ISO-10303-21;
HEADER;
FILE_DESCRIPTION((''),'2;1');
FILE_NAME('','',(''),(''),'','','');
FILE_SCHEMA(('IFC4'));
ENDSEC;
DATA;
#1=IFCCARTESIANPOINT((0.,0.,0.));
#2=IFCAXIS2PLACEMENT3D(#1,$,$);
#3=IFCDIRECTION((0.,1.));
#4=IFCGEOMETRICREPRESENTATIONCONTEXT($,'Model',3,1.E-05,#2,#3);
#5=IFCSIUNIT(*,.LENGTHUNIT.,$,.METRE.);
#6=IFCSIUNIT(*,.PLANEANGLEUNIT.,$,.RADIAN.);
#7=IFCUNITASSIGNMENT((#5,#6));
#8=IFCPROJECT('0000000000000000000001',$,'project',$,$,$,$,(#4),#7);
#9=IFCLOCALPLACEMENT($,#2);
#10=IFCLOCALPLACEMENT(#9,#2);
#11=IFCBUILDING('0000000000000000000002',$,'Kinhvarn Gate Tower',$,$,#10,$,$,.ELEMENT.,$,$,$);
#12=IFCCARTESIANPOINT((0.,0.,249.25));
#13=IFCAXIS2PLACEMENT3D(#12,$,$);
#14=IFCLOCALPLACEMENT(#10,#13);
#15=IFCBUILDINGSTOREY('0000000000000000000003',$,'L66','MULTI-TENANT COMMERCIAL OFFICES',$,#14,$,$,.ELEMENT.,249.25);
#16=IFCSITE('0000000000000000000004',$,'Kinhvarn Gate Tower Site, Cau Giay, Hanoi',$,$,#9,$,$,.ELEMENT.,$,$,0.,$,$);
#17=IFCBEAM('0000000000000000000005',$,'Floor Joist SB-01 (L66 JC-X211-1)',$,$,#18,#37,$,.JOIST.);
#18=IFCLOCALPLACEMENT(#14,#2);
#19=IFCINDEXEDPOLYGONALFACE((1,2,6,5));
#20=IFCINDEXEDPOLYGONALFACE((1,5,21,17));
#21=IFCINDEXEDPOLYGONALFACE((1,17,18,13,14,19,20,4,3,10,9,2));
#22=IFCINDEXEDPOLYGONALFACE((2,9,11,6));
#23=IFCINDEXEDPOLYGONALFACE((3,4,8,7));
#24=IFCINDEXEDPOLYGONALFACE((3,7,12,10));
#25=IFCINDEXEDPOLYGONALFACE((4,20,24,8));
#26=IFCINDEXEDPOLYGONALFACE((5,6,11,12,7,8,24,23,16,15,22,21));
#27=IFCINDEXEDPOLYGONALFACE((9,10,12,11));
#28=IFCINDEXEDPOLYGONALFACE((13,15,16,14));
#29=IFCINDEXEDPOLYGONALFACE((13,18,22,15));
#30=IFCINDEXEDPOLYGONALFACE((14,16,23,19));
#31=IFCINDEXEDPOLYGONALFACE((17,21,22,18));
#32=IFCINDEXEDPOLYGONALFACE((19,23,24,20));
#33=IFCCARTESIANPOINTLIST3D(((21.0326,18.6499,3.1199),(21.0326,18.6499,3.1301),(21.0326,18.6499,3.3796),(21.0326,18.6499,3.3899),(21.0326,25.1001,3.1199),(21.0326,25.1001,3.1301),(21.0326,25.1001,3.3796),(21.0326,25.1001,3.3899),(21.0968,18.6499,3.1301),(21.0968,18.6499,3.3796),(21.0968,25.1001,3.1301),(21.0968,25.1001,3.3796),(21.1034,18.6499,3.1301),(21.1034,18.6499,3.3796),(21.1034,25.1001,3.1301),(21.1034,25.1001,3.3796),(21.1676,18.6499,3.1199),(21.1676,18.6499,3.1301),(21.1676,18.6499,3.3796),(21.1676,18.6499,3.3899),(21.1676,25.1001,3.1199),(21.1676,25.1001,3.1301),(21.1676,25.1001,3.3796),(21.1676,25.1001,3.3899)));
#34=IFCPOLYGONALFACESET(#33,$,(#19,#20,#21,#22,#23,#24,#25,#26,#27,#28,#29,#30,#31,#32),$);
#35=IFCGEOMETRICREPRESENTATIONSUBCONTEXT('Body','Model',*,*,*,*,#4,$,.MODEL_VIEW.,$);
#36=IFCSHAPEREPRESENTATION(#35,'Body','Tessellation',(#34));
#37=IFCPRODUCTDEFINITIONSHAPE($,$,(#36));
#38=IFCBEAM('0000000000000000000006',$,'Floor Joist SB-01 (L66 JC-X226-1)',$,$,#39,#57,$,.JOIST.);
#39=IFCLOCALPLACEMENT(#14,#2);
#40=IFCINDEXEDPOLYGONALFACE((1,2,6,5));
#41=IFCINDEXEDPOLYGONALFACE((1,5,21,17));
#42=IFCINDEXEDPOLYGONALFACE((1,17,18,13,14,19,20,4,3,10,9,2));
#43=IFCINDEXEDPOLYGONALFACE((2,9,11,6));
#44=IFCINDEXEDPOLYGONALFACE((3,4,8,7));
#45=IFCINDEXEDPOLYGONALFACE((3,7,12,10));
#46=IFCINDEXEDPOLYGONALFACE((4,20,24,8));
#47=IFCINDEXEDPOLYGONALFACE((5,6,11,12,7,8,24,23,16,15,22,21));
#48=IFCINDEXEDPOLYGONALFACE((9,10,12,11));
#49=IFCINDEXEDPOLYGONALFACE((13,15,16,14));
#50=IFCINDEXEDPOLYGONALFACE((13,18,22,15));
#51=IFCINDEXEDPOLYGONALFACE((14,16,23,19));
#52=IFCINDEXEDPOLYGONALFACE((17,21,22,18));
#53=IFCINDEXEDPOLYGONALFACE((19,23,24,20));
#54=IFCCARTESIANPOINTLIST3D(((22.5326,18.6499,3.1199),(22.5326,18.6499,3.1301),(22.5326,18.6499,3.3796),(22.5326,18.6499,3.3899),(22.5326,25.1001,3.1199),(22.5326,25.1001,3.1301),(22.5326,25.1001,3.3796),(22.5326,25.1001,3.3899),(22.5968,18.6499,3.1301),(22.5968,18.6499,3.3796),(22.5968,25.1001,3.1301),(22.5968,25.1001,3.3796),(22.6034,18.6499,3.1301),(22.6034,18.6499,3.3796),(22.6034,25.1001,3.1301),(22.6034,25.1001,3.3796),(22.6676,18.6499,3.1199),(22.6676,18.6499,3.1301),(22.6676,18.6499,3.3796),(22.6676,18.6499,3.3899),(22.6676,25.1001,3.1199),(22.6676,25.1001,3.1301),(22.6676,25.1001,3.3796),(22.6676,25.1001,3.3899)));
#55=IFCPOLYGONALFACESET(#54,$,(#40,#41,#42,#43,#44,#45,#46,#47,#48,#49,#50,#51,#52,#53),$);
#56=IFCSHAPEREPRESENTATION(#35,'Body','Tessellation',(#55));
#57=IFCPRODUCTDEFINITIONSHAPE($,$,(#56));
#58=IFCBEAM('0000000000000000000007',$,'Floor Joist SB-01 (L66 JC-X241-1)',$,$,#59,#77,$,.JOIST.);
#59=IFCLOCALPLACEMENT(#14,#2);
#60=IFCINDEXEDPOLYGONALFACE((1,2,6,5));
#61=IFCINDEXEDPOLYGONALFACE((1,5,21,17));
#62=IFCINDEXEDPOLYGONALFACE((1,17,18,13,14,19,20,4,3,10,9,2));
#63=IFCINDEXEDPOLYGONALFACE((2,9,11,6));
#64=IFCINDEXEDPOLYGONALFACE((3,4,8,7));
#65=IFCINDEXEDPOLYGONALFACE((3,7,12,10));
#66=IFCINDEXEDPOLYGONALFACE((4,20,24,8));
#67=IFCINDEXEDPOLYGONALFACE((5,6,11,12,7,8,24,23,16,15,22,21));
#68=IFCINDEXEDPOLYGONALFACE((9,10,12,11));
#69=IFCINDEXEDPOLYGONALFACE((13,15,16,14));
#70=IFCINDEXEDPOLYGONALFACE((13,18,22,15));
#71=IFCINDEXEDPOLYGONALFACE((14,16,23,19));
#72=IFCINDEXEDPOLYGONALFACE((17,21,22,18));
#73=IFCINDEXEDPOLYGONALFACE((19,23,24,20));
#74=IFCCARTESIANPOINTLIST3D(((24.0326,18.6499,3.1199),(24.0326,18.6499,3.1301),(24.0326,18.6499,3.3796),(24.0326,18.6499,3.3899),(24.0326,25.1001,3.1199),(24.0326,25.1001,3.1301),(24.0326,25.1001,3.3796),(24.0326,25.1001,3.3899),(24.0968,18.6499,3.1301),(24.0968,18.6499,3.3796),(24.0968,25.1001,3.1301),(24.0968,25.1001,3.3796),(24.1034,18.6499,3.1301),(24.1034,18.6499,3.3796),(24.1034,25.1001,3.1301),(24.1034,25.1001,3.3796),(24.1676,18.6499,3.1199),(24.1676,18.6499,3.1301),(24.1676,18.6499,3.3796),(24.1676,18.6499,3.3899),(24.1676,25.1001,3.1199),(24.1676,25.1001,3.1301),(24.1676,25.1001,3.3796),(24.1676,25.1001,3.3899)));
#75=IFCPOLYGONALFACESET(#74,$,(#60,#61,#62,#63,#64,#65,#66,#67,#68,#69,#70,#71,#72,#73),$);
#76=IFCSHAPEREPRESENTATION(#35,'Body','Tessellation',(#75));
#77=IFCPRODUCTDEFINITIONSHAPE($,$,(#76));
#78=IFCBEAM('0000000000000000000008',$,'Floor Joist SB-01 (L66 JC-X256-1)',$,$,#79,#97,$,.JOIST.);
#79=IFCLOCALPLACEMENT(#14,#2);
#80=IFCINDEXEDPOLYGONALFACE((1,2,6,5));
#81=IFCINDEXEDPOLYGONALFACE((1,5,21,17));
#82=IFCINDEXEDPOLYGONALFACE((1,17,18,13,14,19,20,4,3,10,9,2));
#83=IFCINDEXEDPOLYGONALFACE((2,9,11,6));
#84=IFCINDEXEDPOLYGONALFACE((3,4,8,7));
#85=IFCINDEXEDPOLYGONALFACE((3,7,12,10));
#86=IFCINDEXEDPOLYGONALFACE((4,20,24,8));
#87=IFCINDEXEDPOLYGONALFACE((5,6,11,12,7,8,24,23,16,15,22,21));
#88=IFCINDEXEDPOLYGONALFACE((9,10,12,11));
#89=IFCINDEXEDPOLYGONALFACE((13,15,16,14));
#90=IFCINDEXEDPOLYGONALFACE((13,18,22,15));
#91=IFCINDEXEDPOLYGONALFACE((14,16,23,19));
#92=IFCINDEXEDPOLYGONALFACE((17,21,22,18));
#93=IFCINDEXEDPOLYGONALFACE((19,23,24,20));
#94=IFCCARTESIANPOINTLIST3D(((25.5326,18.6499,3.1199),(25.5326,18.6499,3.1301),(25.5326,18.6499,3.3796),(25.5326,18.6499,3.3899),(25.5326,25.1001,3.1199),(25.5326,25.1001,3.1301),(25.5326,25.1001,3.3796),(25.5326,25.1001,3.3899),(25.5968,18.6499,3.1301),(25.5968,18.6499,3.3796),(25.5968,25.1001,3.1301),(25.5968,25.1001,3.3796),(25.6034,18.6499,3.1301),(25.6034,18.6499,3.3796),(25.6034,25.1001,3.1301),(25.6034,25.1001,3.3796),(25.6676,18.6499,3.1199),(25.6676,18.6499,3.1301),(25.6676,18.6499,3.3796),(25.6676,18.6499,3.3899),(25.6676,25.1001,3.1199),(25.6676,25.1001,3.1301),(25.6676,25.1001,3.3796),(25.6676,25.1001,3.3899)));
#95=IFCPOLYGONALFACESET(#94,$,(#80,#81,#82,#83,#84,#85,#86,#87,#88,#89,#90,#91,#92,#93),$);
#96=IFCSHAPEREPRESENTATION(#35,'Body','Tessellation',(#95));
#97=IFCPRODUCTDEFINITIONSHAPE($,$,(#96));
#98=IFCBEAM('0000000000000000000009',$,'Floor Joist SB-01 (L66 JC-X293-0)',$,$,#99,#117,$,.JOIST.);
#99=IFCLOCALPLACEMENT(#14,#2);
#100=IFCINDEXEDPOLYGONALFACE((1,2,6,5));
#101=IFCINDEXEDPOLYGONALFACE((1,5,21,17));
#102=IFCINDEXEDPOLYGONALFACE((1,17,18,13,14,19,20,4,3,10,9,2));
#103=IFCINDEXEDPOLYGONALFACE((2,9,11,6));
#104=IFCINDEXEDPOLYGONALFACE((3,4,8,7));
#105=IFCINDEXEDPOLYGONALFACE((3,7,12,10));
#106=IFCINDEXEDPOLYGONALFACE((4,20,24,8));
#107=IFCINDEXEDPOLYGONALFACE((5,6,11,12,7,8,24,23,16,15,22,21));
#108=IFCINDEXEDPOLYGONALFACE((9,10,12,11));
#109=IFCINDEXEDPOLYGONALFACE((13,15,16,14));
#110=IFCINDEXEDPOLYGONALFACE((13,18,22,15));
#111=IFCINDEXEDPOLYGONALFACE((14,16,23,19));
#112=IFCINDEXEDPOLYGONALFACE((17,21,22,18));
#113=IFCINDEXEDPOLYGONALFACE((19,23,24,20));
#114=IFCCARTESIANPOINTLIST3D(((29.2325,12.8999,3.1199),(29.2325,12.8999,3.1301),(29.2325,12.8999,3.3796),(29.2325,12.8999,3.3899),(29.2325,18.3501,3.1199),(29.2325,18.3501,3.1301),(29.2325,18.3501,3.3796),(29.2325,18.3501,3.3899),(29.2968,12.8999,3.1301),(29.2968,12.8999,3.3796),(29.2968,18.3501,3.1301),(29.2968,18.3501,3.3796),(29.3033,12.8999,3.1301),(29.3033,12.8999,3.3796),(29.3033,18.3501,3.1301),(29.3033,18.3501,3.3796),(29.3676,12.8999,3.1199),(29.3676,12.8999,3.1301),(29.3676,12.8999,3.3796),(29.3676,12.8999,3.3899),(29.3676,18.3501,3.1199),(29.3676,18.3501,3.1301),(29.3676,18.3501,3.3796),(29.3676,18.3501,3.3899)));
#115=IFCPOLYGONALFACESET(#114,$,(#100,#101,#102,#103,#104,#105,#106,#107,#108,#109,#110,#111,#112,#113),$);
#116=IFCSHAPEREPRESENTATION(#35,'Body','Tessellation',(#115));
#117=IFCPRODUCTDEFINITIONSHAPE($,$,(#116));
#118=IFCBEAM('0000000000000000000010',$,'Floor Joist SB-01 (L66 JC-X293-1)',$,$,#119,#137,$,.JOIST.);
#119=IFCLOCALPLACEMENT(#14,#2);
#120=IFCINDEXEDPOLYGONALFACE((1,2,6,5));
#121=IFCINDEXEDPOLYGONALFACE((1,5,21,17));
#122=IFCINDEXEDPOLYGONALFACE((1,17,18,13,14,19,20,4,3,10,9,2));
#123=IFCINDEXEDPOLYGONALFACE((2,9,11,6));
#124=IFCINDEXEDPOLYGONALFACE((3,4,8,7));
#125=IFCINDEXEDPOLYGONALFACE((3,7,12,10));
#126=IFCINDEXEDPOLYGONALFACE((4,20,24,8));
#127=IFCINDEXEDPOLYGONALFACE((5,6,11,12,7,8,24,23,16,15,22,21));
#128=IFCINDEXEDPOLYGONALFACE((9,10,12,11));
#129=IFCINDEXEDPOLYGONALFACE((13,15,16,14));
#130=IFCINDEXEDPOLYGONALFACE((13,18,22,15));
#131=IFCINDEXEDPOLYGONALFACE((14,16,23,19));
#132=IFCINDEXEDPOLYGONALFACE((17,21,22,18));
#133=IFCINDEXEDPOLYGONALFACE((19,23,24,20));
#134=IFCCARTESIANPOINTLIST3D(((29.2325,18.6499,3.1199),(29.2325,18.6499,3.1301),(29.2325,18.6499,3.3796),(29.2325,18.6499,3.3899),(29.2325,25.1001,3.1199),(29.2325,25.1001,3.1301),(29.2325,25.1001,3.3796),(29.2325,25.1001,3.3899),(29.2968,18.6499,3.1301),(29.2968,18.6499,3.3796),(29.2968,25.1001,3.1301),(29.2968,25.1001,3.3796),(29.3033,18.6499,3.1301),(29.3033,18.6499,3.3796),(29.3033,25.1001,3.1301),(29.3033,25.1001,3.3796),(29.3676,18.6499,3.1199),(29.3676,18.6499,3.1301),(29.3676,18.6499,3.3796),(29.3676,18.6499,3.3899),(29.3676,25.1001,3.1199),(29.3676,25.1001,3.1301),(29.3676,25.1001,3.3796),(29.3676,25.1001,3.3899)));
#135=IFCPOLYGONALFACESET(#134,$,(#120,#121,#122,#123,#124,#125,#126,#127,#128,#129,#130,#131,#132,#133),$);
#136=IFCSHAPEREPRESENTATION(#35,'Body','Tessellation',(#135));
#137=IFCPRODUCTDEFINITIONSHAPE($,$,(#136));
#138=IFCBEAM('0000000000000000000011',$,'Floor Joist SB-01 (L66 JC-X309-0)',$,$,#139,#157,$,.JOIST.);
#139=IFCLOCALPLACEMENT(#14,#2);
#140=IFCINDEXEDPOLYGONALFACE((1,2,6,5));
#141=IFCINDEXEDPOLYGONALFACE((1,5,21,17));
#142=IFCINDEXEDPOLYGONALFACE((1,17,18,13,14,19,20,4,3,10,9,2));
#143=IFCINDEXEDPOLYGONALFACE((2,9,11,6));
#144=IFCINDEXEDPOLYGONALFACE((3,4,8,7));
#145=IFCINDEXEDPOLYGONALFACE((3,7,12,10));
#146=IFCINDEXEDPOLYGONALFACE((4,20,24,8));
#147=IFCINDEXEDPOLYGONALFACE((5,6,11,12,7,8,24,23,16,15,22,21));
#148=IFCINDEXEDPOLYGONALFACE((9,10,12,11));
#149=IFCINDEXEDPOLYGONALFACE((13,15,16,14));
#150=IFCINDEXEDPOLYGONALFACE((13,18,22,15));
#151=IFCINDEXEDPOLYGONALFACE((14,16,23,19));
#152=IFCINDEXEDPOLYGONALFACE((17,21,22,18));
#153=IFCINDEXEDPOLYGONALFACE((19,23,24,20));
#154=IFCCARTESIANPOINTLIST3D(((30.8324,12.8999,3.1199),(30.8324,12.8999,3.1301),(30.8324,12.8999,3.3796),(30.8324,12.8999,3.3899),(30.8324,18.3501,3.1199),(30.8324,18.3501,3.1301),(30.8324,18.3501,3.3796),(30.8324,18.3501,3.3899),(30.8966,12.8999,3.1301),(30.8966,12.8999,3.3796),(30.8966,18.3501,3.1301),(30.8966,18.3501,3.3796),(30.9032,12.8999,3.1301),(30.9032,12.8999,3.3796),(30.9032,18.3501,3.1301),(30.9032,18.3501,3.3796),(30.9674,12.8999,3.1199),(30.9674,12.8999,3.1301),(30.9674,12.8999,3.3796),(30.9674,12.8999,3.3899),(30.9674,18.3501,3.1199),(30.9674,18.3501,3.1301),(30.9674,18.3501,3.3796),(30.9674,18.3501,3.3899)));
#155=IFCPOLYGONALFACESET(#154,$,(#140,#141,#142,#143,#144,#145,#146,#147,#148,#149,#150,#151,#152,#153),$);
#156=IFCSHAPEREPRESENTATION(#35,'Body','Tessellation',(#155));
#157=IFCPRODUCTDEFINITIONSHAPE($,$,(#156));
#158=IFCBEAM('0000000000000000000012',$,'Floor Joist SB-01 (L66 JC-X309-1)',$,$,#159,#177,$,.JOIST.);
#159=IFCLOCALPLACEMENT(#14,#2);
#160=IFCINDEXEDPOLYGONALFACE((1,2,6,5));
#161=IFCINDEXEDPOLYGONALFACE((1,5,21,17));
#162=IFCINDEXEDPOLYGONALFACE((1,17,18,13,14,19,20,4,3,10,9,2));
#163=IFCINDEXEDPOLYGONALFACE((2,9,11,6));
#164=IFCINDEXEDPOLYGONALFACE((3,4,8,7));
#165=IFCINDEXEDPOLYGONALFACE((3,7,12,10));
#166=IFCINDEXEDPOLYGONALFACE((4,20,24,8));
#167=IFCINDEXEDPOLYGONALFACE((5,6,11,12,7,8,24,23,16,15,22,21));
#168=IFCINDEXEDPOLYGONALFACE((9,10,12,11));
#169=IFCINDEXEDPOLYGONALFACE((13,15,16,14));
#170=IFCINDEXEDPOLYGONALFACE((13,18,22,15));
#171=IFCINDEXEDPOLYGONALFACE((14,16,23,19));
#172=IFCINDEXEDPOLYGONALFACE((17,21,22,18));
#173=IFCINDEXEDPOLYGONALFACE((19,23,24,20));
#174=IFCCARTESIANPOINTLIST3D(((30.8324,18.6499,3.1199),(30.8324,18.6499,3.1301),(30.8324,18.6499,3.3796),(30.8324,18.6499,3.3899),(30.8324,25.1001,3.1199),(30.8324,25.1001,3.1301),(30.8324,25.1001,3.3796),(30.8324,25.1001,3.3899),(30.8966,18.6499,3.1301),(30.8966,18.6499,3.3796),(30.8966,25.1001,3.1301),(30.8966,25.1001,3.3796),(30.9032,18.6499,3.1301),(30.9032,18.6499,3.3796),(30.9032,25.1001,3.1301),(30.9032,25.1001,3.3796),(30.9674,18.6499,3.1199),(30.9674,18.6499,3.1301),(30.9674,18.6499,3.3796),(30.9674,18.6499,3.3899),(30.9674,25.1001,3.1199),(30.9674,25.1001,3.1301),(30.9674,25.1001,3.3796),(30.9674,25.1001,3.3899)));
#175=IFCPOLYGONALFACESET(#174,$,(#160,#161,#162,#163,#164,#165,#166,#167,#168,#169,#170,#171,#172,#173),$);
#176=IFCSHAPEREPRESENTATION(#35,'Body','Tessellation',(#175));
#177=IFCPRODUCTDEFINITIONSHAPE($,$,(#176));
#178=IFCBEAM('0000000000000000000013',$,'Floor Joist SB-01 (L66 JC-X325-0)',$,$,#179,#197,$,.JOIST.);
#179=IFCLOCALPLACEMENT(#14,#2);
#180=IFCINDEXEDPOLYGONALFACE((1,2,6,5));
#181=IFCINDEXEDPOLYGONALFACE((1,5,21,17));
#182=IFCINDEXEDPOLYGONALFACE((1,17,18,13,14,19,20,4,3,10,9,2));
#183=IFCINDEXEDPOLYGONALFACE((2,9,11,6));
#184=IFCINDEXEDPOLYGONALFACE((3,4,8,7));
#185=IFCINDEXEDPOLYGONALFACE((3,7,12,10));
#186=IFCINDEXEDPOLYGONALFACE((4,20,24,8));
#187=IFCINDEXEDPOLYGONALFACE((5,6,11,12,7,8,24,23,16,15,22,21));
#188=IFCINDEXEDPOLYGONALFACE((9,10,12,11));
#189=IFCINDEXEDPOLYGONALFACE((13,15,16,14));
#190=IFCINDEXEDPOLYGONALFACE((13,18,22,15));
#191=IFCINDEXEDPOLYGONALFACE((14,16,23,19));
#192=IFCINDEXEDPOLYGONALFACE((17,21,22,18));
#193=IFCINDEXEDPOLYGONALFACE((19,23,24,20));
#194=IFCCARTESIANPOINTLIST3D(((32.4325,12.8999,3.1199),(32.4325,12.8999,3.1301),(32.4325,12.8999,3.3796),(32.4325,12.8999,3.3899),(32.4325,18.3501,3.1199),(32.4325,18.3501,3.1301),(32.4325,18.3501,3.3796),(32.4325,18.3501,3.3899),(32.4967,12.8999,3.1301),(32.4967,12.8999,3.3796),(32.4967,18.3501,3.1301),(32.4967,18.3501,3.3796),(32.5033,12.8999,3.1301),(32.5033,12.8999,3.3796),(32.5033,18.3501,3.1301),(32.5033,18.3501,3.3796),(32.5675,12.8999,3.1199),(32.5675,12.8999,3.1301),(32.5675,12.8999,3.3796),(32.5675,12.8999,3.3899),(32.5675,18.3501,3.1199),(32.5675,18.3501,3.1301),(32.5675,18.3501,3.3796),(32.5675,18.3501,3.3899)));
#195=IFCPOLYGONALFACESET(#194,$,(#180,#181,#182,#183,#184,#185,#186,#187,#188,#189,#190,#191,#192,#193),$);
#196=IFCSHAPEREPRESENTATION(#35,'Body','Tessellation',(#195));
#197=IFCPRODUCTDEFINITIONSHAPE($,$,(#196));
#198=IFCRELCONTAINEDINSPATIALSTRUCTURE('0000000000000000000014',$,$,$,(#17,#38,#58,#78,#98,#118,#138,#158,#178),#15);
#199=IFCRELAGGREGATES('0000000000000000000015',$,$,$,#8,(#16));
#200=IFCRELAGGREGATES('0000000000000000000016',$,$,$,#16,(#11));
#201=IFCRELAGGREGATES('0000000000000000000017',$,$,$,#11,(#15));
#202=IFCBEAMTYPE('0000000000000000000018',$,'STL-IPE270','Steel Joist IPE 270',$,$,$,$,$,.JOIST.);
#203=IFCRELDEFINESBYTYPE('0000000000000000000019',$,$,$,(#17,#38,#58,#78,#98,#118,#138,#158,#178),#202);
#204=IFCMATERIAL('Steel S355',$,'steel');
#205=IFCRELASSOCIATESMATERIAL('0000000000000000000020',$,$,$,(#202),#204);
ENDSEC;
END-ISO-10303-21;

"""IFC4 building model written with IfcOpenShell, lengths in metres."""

from ifc_helpers import new_model, si_unit, direction, frame, origin, origin_2d, place, context, subcontext, project, spatial, i_section, extrude, material, material_profile, profile_set, type_object, element, save


model = new_model("IFC4")

# Units and contexts
model_context = context("Model", 3, precision=1e-05, world=origin(), true_north=direction((0.0, 1.0)))
body_context = subcontext(model_context, "Body", "Model", "MODEL_VIEW")
ifc_project = project(units=[si_unit("LENGTHUNIT", "METRE"), si_unit("PLANEANGLEUNIT", "RADIAN")], contexts=[model_context])

# Site, building, storey
site_placement = place(None, origin())
site = spatial("IfcSite", under=ifc_project, at=site_placement, Name="Kinhvarn Gate Tower Site, Cau Giay, Hanoi", CompositionType="ELEMENT", RefElevation=0.0)
building_placement = place(site_placement, origin())
building = spatial("IfcBuilding", under=site, at=building_placement, Name="Kinhvarn Gate Tower", CompositionType="ELEMENT")
storey_placement = place(building_placement, frame((0.0, 0.0, 249.25)))
storey = spatial("IfcBuildingStorey", under=building, at=storey_placement, Name="L66", Description="MULTI-TENANT COMMERCIAL OFFICES", CompositionType="ELEMENT", Elevation=249.25)

# Beams
ifc_material_1 = material(Name="Steel S355", Category="steel")
ifc_material_profile = material_profile(ifc_material_1, i_section(OverallWidth=0.135, OverallDepth=0.27, WebThickness=0.0066, FlangeThickness=0.0103, at=origin_2d()), Name="IPE 270")
ifc_profile_set = profile_set([ifc_material_profile], Name="Steel S355")
beam_type = type_object("IfcBeamType", Name="STL-IPE270", Description="Steel Joist IPE 270", PredefinedType="JOIST", material=ifc_profile_set)
for number, where, z_axis, x_axis, name in (
    (1, (21.1001, 18.6499, 3.2549), (0.0, 1.0, 0.0), (-1.0, 0.0, 0.0), "Floor Joist SB-01 (L66 JC-X211-1)"),
    (2, (22.6001, 18.6499, 3.2549), (0.0, 1.0, 0.0), (-1.0, 0.0, 0.0), "Floor Joist SB-01 (L66 JC-X226-1)"),
    (3, (24.1001, 18.6499, 3.2549), (0.0, 1.0, 0.0), (-1.0, 0.0, 0.0), "Floor Joist SB-01 (L66 JC-X241-1)"),
    (4, (25.6001, 18.6499, 3.2549), (0.0, 1.0, 0.0), (-1.0, 0.0, 0.0), "Floor Joist SB-01 (L66 JC-X256-1)"),
):
    element("IfcBeam", number, at=place(storey_placement, frame(where, z_axis=z_axis, x_axis=x_axis)), inside=storey, type_object=beam_type, Name=name, PredefinedType="JOIST", context=body_context, shape_type="SweptSolid", body=[
        extrude(i_section(OverallWidth=0.135, OverallDepth=0.27, WebThickness=0.0066, FlangeThickness=0.0103, at=origin_2d()), origin(), (0.0, 0.0, 1.0), 6.4502),
    ])
beam_1_placement = place(storey_placement, frame((29.3, 12.8999, 3.2549), z_axis=(0.0, 1.0, 0.0), x_axis=(-1.0, 0.0, 0.0)))
element("IfcBeam", 5, at=beam_1_placement, inside=storey, type_object=beam_type, Name="Floor Joist SB-01 (L66 JC-X293-0)", PredefinedType="JOIST", context=body_context, shape_type="SweptSolid", body=[
    extrude(i_section(OverallWidth=0.135, OverallDepth=0.27, WebThickness=0.0066, FlangeThickness=0.0103, at=origin_2d()), origin(), (0.0, 0.0, 1.0), 5.4502),
])
beam_2_placement = place(storey_placement, frame((29.3, 18.6499, 3.2549), z_axis=(0.0, 1.0, 0.0), x_axis=(-1.0, 0.0, 0.0)))
element("IfcBeam", 6, at=beam_2_placement, inside=storey, type_object=beam_type, Name="Floor Joist SB-01 (L66 JC-X293-1)", PredefinedType="JOIST", context=body_context, shape_type="SweptSolid", body=[
    extrude(i_section(OverallWidth=0.135, OverallDepth=0.27, WebThickness=0.0066, FlangeThickness=0.0103, at=origin_2d()), origin(), (0.0, 0.0, 1.0), 6.4502),
])
beam_3_placement = place(storey_placement, frame((30.8999, 12.8999, 3.2549), z_axis=(0.0, 1.0, 0.0), x_axis=(-1.0, 0.0, 0.0)))
element("IfcBeam", 7, at=beam_3_placement, inside=storey, type_object=beam_type, Name="Floor Joist SB-01 (L66 JC-X309-0)", PredefinedType="JOIST", context=body_context, shape_type="SweptSolid", body=[
    extrude(i_section(OverallWidth=0.135, OverallDepth=0.27, WebThickness=0.0066, FlangeThickness=0.0103, at=origin_2d()), origin(), (0.0, 0.0, 1.0), 5.4502),
])
beam_4_placement = place(storey_placement, frame((30.8999, 18.6499, 3.2549), z_axis=(0.0, 1.0, 0.0), x_axis=(-1.0, 0.0, 0.0)))
element("IfcBeam", 8, at=beam_4_placement, inside=storey, type_object=beam_type, Name="Floor Joist SB-01 (L66 JC-X309-1)", PredefinedType="JOIST", context=body_context, shape_type="SweptSolid", body=[
    extrude(i_section(OverallWidth=0.135, OverallDepth=0.27, WebThickness=0.0066, FlangeThickness=0.0103, at=origin_2d()), origin(), (0.0, 0.0, 1.0), 6.4502),
])
beam_5_placement = place(storey_placement, frame((32.5, 12.8999, 3.2549), z_axis=(0.0, 1.0, 0.0), x_axis=(-1.0, 0.0, 0.0)))
element("IfcBeam", 9, at=beam_5_placement, inside=storey, type_object=beam_type, Name="Floor Joist SB-01 (L66 JC-X325-0)", PredefinedType="JOIST", context=body_context, shape_type="SweptSolid", body=[
    extrude(i_section(OverallWidth=0.135, OverallDepth=0.27, WebThickness=0.0066, FlangeThickness=0.0103, at=origin_2d()), origin(), (0.0, 0.0, 1.0), 5.4502),
])

save(model, "model.ifc")
